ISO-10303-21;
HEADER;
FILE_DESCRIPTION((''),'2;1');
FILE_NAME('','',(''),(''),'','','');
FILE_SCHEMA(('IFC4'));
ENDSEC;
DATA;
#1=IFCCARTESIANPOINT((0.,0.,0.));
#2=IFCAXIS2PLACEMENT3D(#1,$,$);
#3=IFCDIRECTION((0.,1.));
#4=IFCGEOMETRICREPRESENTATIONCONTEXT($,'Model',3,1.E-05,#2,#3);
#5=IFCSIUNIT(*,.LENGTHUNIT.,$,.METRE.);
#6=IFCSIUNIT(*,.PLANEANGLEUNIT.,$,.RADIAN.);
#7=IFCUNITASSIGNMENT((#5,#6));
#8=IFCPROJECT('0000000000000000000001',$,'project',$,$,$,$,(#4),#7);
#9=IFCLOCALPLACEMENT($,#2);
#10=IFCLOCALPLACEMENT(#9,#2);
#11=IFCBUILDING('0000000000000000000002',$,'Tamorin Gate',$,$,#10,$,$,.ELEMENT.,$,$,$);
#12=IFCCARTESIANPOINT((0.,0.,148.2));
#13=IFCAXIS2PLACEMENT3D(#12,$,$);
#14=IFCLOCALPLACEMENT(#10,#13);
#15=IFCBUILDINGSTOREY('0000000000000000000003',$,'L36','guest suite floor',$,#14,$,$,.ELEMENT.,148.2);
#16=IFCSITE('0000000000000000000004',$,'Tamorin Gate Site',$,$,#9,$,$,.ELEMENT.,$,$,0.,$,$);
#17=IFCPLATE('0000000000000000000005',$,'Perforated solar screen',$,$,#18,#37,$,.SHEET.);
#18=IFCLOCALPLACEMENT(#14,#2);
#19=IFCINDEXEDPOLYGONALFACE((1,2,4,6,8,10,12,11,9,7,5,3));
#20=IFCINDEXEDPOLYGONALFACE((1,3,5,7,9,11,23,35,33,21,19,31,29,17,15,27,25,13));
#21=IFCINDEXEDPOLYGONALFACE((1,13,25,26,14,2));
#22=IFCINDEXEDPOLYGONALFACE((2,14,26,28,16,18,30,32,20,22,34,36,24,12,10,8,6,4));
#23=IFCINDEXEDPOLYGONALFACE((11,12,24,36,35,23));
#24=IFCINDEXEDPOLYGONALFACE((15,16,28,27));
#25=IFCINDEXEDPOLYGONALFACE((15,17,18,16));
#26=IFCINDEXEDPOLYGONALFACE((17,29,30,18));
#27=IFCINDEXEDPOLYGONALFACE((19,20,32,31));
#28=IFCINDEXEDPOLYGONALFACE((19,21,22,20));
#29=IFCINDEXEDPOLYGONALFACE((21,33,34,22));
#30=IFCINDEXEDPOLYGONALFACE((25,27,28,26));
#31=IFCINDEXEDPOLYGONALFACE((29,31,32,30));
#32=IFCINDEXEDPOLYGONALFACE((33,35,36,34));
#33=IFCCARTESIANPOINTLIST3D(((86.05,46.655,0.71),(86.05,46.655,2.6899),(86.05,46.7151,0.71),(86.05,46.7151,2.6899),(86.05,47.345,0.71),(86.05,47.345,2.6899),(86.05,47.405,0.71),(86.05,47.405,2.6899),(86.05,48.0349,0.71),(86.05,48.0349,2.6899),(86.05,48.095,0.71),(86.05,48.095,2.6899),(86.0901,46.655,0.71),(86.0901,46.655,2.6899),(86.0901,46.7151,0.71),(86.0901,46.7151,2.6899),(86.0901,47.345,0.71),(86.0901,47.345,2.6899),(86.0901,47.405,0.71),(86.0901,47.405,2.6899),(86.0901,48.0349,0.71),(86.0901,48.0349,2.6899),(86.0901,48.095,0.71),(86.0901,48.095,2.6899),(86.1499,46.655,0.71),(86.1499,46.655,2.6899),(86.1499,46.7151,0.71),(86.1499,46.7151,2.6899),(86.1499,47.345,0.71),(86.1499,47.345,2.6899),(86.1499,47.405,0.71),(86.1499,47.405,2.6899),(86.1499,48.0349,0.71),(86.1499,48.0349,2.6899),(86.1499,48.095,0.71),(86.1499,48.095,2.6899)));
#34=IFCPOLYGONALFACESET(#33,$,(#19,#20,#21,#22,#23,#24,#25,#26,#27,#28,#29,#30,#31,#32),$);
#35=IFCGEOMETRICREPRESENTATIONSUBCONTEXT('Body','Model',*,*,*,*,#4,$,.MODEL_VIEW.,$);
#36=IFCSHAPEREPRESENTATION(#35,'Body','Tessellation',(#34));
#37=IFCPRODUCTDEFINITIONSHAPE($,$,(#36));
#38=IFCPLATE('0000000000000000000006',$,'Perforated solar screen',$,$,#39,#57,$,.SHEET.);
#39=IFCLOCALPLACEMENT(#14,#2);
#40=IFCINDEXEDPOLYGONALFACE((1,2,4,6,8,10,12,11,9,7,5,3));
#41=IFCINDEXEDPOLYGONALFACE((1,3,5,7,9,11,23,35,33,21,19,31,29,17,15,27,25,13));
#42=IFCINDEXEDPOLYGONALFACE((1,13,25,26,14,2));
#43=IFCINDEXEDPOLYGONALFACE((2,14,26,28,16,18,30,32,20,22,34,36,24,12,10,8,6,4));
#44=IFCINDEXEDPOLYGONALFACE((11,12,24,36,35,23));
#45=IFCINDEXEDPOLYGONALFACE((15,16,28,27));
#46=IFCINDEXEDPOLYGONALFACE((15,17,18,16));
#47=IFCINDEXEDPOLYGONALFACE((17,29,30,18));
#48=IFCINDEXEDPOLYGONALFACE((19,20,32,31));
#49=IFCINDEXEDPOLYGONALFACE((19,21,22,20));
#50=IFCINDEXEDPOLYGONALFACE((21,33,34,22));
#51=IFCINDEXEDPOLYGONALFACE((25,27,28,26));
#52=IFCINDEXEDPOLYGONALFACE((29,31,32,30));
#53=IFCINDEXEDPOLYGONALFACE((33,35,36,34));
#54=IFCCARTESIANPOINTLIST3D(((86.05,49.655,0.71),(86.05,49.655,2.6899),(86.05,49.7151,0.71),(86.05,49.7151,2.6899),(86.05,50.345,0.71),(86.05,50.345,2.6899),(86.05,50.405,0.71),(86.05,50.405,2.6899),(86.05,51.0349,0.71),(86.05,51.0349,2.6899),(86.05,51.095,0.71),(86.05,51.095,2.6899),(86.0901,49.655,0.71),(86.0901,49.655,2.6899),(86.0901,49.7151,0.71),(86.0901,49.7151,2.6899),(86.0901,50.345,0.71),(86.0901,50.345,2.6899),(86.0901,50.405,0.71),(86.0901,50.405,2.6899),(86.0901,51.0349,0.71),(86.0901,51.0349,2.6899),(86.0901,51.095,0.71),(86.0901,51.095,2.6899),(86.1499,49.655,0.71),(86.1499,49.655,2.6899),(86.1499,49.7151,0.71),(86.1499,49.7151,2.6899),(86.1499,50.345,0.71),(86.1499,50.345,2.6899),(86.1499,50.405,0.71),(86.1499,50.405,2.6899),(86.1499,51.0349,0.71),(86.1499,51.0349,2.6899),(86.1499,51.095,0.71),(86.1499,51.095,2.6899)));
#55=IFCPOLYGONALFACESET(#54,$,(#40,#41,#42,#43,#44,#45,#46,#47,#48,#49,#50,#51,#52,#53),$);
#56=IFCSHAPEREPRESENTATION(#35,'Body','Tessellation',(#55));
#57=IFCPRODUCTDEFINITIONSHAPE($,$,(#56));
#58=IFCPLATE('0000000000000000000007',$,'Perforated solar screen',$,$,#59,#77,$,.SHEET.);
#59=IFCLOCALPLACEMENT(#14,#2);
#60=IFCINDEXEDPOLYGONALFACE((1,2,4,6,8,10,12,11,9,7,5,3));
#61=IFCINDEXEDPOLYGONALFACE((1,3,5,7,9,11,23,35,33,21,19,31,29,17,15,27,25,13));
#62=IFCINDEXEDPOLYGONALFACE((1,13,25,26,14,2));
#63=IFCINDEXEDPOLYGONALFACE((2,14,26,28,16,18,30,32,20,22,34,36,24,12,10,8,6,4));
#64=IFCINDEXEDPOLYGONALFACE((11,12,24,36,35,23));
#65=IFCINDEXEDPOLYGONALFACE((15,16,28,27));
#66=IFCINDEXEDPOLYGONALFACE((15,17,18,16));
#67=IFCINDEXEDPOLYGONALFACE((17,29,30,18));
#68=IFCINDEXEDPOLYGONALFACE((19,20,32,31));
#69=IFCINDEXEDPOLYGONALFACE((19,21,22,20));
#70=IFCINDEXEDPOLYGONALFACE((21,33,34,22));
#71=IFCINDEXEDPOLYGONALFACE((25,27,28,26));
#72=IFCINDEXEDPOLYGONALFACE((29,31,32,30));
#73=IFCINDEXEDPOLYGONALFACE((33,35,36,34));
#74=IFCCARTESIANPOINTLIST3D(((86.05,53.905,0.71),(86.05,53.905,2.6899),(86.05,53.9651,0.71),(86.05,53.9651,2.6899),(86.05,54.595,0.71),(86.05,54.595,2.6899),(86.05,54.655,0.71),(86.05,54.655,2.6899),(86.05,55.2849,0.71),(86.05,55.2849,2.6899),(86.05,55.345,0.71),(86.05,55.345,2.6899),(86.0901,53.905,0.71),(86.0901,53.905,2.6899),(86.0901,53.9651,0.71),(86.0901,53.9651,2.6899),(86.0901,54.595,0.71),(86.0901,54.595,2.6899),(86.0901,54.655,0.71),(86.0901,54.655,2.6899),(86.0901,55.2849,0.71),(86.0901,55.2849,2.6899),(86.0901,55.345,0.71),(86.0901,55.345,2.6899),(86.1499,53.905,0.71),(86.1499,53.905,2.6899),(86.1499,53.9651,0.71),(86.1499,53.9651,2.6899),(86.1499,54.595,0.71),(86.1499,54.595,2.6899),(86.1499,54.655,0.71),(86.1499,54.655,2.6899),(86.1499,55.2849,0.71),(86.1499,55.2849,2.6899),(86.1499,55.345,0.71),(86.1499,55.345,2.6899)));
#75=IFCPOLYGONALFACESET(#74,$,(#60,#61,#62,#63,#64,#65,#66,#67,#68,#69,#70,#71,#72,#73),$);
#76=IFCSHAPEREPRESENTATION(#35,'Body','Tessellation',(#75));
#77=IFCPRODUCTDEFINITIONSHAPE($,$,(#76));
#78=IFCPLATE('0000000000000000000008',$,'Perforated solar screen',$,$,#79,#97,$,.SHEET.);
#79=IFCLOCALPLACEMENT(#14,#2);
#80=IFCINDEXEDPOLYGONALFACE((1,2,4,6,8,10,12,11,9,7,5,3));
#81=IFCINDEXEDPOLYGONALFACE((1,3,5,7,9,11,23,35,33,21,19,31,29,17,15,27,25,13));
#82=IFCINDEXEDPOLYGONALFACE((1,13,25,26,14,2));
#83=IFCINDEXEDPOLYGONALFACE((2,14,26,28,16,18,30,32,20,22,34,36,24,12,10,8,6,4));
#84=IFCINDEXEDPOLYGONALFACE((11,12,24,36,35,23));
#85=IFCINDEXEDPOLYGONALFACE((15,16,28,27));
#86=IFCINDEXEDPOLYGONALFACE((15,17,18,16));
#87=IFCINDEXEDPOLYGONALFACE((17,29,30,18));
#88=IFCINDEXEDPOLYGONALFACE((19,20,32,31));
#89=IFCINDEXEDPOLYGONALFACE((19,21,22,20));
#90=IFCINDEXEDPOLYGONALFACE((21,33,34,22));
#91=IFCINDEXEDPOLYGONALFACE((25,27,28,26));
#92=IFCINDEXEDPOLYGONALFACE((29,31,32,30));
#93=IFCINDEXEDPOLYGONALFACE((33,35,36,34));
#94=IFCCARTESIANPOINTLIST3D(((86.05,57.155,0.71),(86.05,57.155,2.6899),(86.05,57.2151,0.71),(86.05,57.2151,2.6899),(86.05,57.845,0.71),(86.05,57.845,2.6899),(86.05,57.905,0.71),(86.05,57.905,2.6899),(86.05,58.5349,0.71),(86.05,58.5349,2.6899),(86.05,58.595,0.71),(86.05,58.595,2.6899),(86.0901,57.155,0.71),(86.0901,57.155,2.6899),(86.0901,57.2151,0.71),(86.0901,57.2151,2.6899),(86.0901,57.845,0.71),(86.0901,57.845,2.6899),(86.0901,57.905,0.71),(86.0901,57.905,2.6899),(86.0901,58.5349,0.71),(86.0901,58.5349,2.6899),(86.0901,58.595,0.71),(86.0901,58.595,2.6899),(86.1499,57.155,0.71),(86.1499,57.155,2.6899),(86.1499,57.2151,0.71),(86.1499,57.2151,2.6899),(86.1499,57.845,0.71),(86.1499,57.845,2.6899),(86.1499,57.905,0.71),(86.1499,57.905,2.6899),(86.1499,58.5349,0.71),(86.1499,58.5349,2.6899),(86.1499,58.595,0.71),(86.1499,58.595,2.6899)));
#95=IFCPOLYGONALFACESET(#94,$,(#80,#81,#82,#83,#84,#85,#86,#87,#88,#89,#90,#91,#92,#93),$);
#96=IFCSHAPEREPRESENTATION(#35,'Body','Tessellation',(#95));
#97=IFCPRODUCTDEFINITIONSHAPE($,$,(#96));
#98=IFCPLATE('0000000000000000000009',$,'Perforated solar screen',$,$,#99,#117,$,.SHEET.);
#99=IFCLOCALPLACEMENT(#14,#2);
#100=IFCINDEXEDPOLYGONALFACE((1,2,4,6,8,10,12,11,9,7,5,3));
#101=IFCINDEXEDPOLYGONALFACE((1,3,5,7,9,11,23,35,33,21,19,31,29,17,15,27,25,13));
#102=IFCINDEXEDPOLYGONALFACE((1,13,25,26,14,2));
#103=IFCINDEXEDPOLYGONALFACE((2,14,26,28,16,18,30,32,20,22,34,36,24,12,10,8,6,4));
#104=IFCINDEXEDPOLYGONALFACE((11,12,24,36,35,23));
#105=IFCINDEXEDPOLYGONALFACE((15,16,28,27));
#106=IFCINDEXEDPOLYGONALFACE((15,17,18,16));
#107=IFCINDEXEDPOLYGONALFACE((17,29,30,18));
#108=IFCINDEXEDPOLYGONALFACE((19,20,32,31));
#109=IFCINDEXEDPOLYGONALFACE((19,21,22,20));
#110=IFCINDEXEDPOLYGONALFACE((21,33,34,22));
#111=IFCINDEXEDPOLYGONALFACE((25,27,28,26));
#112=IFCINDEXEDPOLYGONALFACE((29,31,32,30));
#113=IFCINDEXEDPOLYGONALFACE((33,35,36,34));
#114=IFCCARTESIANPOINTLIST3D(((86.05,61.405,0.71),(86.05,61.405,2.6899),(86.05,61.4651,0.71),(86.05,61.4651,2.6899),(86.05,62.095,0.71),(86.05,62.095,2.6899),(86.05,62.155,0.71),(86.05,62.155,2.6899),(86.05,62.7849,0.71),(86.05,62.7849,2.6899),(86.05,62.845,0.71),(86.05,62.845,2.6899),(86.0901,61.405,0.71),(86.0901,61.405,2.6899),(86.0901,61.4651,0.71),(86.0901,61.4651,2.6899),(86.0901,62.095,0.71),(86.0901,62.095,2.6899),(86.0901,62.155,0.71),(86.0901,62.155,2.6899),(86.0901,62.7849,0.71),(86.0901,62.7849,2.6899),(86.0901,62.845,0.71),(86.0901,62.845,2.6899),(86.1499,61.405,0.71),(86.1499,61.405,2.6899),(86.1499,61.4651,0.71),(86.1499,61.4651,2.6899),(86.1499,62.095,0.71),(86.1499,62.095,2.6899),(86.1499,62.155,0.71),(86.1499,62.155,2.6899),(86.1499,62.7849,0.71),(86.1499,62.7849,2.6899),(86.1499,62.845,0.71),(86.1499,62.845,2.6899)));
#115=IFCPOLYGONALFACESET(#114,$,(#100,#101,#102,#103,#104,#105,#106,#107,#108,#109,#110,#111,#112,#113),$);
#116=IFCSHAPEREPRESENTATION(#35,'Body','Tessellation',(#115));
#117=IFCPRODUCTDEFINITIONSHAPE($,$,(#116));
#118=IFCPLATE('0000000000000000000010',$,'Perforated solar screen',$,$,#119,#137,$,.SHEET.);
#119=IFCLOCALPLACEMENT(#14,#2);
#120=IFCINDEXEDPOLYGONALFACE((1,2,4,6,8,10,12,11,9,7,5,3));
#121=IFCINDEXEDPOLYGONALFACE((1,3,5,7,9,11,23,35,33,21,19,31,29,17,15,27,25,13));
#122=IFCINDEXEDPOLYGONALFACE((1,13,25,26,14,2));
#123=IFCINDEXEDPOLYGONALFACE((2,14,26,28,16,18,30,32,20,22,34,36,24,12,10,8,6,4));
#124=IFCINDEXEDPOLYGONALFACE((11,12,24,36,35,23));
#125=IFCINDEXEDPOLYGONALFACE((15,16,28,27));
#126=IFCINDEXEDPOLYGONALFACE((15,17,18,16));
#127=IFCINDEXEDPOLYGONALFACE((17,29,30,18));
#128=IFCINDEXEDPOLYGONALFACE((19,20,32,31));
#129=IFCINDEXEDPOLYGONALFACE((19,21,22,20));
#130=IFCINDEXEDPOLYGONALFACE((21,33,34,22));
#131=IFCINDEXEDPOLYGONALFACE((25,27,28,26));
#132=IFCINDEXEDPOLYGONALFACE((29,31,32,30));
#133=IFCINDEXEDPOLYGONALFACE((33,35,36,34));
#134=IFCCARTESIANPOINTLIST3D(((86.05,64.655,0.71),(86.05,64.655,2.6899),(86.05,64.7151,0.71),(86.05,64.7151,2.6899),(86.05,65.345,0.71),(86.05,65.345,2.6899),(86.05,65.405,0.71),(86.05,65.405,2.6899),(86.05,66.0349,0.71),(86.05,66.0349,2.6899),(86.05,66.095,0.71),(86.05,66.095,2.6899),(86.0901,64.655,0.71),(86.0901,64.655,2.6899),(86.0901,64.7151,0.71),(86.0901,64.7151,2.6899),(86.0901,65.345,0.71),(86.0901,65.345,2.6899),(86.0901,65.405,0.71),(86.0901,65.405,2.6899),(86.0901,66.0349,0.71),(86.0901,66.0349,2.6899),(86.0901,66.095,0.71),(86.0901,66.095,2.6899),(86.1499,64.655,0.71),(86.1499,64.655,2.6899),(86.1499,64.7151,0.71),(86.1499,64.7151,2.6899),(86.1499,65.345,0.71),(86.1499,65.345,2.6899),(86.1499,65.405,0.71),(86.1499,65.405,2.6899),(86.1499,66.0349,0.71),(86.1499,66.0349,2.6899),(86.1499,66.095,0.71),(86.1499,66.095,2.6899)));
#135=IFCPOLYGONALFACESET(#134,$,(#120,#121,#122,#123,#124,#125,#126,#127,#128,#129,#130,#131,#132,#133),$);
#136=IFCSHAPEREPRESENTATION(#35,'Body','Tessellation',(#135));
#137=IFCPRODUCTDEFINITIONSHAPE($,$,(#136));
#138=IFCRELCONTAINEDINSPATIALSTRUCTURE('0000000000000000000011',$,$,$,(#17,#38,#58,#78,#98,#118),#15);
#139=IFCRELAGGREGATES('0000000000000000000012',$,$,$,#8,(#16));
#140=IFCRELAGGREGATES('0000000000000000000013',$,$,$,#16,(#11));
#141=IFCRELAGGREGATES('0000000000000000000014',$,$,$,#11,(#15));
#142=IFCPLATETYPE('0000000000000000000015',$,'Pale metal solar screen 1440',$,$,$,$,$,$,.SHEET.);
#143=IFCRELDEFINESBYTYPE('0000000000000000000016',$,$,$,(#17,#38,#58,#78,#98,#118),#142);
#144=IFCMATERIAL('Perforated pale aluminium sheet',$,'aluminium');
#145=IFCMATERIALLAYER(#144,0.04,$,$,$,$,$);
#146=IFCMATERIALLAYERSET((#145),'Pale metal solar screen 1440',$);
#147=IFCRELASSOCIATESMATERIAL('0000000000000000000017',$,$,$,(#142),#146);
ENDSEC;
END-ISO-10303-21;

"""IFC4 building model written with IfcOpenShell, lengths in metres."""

from ifc_helpers import new_model, si_unit, direction, frame, origin, place, context, subcontext, project, spatial, polyline, outline, extrude, material, layer, layer_set, type_object, element, save


model = new_model("IFC4")

# Units and contexts
model_context = context("Model", 3, precision=1e-05, world=origin(), true_north=direction((0.0, 1.0)))
body_context = subcontext(model_context, "Body", "Model", "MODEL_VIEW")
ifc_project = project(units=[si_unit("LENGTHUNIT", "METRE"), si_unit("PLANEANGLEUNIT", "RADIAN")], contexts=[model_context])

# Site, building, storey
site_placement = place(None, origin())
site = spatial("IfcSite", under=ifc_project, at=site_placement, Name="Tamorin Gate Site", CompositionType="ELEMENT", RefElevation=0.0)
building_placement = place(site_placement, origin())
building = spatial("IfcBuilding", under=site, at=building_placement, Name="Tamorin Gate", CompositionType="ELEMENT")
storey_placement = place(building_placement, frame((0.0, 0.0, 148.2)))
storey = spatial("IfcBuildingStorey", under=building, at=storey_placement, Name="L36", Description="guest suite floor", CompositionType="ELEMENT", Elevation=148.2)

# Plates
ifc_material_1 = material(Name="Perforated pale aluminium sheet", Category="aluminium")
ifc_layer_1 = layer(ifc_material_1, 0.04)
ifc_layer_set_1 = layer_set([ifc_layer_1], Name="Pale metal solar screen 1440")
plate_type_1 = type_object("IfcPlateType", Name="Pale metal solar screen 1440", PredefinedType="SHEET", material=ifc_layer_set_1)
plate_1_placement = place(storey_placement, frame((0.0, 0.0, 0.71)))
element("IfcPlate", 1, at=plate_1_placement, inside=storey, type_object=plate_type_1, Name="Perforated solar screen", PredefinedType="SHEET", context=body_context, shape_type="SweptSolid", body=[
    extrude(outline(polyline([(86.0901, 46.655), (86.05, 46.655), (86.05, 46.7151), (86.05, 47.345), (86.05, 47.405), (86.05, 48.0349), (86.05, 48.095), (86.05, 48.095), (86.0901, 48.095), (86.0901, 48.095), (86.1499, 48.095), (86.1499, 48.0349), (86.0901, 48.0349), (86.0901, 47.405), (86.1499, 47.405), (86.1499, 47.345), (86.0901, 47.345), (86.0901, 46.7151), (86.1499, 46.7151), (86.1499, 46.655), (86.0901, 46.655)])), origin(), (0.0, 0.0, 1.0), 1.98),
])
plate_2_placement = place(storey_placement, frame((0.0, 0.0, 0.71)))
element("IfcPlate", 2, at=plate_2_placement, inside=storey, type_object=plate_type_1, Name="Perforated solar screen", PredefinedType="SHEET", context=body_context, shape_type="SweptSolid", body=[
    extrude(outline(polyline([(86.0901, 49.655), (86.05, 49.655), (86.05, 49.7151), (86.05, 50.345), (86.05, 50.405), (86.05, 51.0349), (86.05, 51.095), (86.0901, 51.095), (86.1499, 51.095), (86.1499, 51.0349), (86.0901, 51.0349), (86.0901, 50.405), (86.1499, 50.405), (86.1499, 50.345), (86.0901, 50.345), (86.0901, 49.7151), (86.1499, 49.7151), (86.1499, 49.655), (86.0901, 49.655)])), origin(), (0.0, 0.0, 1.0), 1.98),
])
plate_3_placement = place(storey_placement, frame((0.0, 0.0, 0.71)))
element("IfcPlate", 3, at=plate_3_placement, inside=storey, type_object=plate_type_1, Name="Perforated solar screen", PredefinedType="SHEET", context=body_context, shape_type="SweptSolid", body=[
    extrude(outline(polyline([(86.0901, 53.905), (86.05, 53.905), (86.05, 53.9651), (86.05, 54.595), (86.05, 54.655), (86.05, 55.2849), (86.05, 55.345), (86.0901, 55.345), (86.1499, 55.345), (86.1499, 55.2849), (86.0901, 55.2849), (86.0901, 54.655), (86.1499, 54.655), (86.1499, 54.595), (86.0901, 54.595), (86.0901, 53.9651), (86.1499, 53.9651), (86.1499, 53.905), (86.0901, 53.905)])), origin(), (0.0, 0.0, 1.0), 1.98),
])
plate_4_placement = place(storey_placement, frame((0.0, 0.0, 0.71)))
element("IfcPlate", 4, at=plate_4_placement, inside=storey, type_object=plate_type_1, Name="Perforated solar screen", PredefinedType="SHEET", context=body_context, shape_type="SweptSolid", body=[
    extrude(outline(polyline([(86.0901, 57.155), (86.05, 57.155), (86.05, 57.2151), (86.05, 57.845), (86.05, 57.905), (86.05, 58.5349), (86.05, 58.595), (86.0901, 58.595), (86.1499, 58.595), (86.1499, 58.5349), (86.0901, 58.5349), (86.0901, 57.905), (86.1499, 57.905), (86.1499, 57.845), (86.0901, 57.845), (86.0901, 57.2151), (86.1499, 57.2151), (86.1499, 57.155), (86.0901, 57.155)])), origin(), (0.0, 0.0, 1.0), 1.98),
])
plate_5_placement = place(storey_placement, frame((0.0, 0.0, 0.71)))
element("IfcPlate", 5, at=plate_5_placement, inside=storey, type_object=plate_type_1, Name="Perforated solar screen", PredefinedType="SHEET", context=body_context, shape_type="SweptSolid", body=[
    extrude(outline(polyline([(86.0901, 61.405), (86.05, 61.405), (86.05, 61.4651), (86.05, 62.095), (86.05, 62.155), (86.05, 62.7849), (86.05, 62.845), (86.0901, 62.845), (86.1499, 62.845), (86.1499, 62.7849), (86.0901, 62.7849), (86.0901, 62.155), (86.1499, 62.155), (86.1499, 62.095), (86.0901, 62.095), (86.0901, 61.4651), (86.1499, 61.4651), (86.1499, 61.405), (86.0901, 61.405)])), origin(), (0.0, 0.0, 1.0), 1.98),
])
plate_6_placement = place(storey_placement, frame((0.0, 0.0, 0.71)))
element("IfcPlate", 6, at=plate_6_placement, inside=storey, type_object=plate_type_1, Name="Perforated solar screen", PredefinedType="SHEET", context=body_context, shape_type="SweptSolid", body=[
    extrude(outline(polyline([(86.0901, 64.655), (86.05, 64.655), (86.05, 64.7151), (86.05, 65.345), (86.05, 65.405), (86.05, 66.0349), (86.05, 66.095), (86.0901, 66.095), (86.1499, 66.095), (86.1499, 66.0349), (86.0901, 66.0349), (86.0901, 65.405), (86.1499, 65.405), (86.1499, 65.345), (86.0901, 65.345), (86.0901, 64.7151), (86.1499, 64.7151), (86.1499, 64.655), (86.0901, 64.655)])), origin(), (0.0, 0.0, 1.0), 1.98),
])

save(model, "model.ifc")
